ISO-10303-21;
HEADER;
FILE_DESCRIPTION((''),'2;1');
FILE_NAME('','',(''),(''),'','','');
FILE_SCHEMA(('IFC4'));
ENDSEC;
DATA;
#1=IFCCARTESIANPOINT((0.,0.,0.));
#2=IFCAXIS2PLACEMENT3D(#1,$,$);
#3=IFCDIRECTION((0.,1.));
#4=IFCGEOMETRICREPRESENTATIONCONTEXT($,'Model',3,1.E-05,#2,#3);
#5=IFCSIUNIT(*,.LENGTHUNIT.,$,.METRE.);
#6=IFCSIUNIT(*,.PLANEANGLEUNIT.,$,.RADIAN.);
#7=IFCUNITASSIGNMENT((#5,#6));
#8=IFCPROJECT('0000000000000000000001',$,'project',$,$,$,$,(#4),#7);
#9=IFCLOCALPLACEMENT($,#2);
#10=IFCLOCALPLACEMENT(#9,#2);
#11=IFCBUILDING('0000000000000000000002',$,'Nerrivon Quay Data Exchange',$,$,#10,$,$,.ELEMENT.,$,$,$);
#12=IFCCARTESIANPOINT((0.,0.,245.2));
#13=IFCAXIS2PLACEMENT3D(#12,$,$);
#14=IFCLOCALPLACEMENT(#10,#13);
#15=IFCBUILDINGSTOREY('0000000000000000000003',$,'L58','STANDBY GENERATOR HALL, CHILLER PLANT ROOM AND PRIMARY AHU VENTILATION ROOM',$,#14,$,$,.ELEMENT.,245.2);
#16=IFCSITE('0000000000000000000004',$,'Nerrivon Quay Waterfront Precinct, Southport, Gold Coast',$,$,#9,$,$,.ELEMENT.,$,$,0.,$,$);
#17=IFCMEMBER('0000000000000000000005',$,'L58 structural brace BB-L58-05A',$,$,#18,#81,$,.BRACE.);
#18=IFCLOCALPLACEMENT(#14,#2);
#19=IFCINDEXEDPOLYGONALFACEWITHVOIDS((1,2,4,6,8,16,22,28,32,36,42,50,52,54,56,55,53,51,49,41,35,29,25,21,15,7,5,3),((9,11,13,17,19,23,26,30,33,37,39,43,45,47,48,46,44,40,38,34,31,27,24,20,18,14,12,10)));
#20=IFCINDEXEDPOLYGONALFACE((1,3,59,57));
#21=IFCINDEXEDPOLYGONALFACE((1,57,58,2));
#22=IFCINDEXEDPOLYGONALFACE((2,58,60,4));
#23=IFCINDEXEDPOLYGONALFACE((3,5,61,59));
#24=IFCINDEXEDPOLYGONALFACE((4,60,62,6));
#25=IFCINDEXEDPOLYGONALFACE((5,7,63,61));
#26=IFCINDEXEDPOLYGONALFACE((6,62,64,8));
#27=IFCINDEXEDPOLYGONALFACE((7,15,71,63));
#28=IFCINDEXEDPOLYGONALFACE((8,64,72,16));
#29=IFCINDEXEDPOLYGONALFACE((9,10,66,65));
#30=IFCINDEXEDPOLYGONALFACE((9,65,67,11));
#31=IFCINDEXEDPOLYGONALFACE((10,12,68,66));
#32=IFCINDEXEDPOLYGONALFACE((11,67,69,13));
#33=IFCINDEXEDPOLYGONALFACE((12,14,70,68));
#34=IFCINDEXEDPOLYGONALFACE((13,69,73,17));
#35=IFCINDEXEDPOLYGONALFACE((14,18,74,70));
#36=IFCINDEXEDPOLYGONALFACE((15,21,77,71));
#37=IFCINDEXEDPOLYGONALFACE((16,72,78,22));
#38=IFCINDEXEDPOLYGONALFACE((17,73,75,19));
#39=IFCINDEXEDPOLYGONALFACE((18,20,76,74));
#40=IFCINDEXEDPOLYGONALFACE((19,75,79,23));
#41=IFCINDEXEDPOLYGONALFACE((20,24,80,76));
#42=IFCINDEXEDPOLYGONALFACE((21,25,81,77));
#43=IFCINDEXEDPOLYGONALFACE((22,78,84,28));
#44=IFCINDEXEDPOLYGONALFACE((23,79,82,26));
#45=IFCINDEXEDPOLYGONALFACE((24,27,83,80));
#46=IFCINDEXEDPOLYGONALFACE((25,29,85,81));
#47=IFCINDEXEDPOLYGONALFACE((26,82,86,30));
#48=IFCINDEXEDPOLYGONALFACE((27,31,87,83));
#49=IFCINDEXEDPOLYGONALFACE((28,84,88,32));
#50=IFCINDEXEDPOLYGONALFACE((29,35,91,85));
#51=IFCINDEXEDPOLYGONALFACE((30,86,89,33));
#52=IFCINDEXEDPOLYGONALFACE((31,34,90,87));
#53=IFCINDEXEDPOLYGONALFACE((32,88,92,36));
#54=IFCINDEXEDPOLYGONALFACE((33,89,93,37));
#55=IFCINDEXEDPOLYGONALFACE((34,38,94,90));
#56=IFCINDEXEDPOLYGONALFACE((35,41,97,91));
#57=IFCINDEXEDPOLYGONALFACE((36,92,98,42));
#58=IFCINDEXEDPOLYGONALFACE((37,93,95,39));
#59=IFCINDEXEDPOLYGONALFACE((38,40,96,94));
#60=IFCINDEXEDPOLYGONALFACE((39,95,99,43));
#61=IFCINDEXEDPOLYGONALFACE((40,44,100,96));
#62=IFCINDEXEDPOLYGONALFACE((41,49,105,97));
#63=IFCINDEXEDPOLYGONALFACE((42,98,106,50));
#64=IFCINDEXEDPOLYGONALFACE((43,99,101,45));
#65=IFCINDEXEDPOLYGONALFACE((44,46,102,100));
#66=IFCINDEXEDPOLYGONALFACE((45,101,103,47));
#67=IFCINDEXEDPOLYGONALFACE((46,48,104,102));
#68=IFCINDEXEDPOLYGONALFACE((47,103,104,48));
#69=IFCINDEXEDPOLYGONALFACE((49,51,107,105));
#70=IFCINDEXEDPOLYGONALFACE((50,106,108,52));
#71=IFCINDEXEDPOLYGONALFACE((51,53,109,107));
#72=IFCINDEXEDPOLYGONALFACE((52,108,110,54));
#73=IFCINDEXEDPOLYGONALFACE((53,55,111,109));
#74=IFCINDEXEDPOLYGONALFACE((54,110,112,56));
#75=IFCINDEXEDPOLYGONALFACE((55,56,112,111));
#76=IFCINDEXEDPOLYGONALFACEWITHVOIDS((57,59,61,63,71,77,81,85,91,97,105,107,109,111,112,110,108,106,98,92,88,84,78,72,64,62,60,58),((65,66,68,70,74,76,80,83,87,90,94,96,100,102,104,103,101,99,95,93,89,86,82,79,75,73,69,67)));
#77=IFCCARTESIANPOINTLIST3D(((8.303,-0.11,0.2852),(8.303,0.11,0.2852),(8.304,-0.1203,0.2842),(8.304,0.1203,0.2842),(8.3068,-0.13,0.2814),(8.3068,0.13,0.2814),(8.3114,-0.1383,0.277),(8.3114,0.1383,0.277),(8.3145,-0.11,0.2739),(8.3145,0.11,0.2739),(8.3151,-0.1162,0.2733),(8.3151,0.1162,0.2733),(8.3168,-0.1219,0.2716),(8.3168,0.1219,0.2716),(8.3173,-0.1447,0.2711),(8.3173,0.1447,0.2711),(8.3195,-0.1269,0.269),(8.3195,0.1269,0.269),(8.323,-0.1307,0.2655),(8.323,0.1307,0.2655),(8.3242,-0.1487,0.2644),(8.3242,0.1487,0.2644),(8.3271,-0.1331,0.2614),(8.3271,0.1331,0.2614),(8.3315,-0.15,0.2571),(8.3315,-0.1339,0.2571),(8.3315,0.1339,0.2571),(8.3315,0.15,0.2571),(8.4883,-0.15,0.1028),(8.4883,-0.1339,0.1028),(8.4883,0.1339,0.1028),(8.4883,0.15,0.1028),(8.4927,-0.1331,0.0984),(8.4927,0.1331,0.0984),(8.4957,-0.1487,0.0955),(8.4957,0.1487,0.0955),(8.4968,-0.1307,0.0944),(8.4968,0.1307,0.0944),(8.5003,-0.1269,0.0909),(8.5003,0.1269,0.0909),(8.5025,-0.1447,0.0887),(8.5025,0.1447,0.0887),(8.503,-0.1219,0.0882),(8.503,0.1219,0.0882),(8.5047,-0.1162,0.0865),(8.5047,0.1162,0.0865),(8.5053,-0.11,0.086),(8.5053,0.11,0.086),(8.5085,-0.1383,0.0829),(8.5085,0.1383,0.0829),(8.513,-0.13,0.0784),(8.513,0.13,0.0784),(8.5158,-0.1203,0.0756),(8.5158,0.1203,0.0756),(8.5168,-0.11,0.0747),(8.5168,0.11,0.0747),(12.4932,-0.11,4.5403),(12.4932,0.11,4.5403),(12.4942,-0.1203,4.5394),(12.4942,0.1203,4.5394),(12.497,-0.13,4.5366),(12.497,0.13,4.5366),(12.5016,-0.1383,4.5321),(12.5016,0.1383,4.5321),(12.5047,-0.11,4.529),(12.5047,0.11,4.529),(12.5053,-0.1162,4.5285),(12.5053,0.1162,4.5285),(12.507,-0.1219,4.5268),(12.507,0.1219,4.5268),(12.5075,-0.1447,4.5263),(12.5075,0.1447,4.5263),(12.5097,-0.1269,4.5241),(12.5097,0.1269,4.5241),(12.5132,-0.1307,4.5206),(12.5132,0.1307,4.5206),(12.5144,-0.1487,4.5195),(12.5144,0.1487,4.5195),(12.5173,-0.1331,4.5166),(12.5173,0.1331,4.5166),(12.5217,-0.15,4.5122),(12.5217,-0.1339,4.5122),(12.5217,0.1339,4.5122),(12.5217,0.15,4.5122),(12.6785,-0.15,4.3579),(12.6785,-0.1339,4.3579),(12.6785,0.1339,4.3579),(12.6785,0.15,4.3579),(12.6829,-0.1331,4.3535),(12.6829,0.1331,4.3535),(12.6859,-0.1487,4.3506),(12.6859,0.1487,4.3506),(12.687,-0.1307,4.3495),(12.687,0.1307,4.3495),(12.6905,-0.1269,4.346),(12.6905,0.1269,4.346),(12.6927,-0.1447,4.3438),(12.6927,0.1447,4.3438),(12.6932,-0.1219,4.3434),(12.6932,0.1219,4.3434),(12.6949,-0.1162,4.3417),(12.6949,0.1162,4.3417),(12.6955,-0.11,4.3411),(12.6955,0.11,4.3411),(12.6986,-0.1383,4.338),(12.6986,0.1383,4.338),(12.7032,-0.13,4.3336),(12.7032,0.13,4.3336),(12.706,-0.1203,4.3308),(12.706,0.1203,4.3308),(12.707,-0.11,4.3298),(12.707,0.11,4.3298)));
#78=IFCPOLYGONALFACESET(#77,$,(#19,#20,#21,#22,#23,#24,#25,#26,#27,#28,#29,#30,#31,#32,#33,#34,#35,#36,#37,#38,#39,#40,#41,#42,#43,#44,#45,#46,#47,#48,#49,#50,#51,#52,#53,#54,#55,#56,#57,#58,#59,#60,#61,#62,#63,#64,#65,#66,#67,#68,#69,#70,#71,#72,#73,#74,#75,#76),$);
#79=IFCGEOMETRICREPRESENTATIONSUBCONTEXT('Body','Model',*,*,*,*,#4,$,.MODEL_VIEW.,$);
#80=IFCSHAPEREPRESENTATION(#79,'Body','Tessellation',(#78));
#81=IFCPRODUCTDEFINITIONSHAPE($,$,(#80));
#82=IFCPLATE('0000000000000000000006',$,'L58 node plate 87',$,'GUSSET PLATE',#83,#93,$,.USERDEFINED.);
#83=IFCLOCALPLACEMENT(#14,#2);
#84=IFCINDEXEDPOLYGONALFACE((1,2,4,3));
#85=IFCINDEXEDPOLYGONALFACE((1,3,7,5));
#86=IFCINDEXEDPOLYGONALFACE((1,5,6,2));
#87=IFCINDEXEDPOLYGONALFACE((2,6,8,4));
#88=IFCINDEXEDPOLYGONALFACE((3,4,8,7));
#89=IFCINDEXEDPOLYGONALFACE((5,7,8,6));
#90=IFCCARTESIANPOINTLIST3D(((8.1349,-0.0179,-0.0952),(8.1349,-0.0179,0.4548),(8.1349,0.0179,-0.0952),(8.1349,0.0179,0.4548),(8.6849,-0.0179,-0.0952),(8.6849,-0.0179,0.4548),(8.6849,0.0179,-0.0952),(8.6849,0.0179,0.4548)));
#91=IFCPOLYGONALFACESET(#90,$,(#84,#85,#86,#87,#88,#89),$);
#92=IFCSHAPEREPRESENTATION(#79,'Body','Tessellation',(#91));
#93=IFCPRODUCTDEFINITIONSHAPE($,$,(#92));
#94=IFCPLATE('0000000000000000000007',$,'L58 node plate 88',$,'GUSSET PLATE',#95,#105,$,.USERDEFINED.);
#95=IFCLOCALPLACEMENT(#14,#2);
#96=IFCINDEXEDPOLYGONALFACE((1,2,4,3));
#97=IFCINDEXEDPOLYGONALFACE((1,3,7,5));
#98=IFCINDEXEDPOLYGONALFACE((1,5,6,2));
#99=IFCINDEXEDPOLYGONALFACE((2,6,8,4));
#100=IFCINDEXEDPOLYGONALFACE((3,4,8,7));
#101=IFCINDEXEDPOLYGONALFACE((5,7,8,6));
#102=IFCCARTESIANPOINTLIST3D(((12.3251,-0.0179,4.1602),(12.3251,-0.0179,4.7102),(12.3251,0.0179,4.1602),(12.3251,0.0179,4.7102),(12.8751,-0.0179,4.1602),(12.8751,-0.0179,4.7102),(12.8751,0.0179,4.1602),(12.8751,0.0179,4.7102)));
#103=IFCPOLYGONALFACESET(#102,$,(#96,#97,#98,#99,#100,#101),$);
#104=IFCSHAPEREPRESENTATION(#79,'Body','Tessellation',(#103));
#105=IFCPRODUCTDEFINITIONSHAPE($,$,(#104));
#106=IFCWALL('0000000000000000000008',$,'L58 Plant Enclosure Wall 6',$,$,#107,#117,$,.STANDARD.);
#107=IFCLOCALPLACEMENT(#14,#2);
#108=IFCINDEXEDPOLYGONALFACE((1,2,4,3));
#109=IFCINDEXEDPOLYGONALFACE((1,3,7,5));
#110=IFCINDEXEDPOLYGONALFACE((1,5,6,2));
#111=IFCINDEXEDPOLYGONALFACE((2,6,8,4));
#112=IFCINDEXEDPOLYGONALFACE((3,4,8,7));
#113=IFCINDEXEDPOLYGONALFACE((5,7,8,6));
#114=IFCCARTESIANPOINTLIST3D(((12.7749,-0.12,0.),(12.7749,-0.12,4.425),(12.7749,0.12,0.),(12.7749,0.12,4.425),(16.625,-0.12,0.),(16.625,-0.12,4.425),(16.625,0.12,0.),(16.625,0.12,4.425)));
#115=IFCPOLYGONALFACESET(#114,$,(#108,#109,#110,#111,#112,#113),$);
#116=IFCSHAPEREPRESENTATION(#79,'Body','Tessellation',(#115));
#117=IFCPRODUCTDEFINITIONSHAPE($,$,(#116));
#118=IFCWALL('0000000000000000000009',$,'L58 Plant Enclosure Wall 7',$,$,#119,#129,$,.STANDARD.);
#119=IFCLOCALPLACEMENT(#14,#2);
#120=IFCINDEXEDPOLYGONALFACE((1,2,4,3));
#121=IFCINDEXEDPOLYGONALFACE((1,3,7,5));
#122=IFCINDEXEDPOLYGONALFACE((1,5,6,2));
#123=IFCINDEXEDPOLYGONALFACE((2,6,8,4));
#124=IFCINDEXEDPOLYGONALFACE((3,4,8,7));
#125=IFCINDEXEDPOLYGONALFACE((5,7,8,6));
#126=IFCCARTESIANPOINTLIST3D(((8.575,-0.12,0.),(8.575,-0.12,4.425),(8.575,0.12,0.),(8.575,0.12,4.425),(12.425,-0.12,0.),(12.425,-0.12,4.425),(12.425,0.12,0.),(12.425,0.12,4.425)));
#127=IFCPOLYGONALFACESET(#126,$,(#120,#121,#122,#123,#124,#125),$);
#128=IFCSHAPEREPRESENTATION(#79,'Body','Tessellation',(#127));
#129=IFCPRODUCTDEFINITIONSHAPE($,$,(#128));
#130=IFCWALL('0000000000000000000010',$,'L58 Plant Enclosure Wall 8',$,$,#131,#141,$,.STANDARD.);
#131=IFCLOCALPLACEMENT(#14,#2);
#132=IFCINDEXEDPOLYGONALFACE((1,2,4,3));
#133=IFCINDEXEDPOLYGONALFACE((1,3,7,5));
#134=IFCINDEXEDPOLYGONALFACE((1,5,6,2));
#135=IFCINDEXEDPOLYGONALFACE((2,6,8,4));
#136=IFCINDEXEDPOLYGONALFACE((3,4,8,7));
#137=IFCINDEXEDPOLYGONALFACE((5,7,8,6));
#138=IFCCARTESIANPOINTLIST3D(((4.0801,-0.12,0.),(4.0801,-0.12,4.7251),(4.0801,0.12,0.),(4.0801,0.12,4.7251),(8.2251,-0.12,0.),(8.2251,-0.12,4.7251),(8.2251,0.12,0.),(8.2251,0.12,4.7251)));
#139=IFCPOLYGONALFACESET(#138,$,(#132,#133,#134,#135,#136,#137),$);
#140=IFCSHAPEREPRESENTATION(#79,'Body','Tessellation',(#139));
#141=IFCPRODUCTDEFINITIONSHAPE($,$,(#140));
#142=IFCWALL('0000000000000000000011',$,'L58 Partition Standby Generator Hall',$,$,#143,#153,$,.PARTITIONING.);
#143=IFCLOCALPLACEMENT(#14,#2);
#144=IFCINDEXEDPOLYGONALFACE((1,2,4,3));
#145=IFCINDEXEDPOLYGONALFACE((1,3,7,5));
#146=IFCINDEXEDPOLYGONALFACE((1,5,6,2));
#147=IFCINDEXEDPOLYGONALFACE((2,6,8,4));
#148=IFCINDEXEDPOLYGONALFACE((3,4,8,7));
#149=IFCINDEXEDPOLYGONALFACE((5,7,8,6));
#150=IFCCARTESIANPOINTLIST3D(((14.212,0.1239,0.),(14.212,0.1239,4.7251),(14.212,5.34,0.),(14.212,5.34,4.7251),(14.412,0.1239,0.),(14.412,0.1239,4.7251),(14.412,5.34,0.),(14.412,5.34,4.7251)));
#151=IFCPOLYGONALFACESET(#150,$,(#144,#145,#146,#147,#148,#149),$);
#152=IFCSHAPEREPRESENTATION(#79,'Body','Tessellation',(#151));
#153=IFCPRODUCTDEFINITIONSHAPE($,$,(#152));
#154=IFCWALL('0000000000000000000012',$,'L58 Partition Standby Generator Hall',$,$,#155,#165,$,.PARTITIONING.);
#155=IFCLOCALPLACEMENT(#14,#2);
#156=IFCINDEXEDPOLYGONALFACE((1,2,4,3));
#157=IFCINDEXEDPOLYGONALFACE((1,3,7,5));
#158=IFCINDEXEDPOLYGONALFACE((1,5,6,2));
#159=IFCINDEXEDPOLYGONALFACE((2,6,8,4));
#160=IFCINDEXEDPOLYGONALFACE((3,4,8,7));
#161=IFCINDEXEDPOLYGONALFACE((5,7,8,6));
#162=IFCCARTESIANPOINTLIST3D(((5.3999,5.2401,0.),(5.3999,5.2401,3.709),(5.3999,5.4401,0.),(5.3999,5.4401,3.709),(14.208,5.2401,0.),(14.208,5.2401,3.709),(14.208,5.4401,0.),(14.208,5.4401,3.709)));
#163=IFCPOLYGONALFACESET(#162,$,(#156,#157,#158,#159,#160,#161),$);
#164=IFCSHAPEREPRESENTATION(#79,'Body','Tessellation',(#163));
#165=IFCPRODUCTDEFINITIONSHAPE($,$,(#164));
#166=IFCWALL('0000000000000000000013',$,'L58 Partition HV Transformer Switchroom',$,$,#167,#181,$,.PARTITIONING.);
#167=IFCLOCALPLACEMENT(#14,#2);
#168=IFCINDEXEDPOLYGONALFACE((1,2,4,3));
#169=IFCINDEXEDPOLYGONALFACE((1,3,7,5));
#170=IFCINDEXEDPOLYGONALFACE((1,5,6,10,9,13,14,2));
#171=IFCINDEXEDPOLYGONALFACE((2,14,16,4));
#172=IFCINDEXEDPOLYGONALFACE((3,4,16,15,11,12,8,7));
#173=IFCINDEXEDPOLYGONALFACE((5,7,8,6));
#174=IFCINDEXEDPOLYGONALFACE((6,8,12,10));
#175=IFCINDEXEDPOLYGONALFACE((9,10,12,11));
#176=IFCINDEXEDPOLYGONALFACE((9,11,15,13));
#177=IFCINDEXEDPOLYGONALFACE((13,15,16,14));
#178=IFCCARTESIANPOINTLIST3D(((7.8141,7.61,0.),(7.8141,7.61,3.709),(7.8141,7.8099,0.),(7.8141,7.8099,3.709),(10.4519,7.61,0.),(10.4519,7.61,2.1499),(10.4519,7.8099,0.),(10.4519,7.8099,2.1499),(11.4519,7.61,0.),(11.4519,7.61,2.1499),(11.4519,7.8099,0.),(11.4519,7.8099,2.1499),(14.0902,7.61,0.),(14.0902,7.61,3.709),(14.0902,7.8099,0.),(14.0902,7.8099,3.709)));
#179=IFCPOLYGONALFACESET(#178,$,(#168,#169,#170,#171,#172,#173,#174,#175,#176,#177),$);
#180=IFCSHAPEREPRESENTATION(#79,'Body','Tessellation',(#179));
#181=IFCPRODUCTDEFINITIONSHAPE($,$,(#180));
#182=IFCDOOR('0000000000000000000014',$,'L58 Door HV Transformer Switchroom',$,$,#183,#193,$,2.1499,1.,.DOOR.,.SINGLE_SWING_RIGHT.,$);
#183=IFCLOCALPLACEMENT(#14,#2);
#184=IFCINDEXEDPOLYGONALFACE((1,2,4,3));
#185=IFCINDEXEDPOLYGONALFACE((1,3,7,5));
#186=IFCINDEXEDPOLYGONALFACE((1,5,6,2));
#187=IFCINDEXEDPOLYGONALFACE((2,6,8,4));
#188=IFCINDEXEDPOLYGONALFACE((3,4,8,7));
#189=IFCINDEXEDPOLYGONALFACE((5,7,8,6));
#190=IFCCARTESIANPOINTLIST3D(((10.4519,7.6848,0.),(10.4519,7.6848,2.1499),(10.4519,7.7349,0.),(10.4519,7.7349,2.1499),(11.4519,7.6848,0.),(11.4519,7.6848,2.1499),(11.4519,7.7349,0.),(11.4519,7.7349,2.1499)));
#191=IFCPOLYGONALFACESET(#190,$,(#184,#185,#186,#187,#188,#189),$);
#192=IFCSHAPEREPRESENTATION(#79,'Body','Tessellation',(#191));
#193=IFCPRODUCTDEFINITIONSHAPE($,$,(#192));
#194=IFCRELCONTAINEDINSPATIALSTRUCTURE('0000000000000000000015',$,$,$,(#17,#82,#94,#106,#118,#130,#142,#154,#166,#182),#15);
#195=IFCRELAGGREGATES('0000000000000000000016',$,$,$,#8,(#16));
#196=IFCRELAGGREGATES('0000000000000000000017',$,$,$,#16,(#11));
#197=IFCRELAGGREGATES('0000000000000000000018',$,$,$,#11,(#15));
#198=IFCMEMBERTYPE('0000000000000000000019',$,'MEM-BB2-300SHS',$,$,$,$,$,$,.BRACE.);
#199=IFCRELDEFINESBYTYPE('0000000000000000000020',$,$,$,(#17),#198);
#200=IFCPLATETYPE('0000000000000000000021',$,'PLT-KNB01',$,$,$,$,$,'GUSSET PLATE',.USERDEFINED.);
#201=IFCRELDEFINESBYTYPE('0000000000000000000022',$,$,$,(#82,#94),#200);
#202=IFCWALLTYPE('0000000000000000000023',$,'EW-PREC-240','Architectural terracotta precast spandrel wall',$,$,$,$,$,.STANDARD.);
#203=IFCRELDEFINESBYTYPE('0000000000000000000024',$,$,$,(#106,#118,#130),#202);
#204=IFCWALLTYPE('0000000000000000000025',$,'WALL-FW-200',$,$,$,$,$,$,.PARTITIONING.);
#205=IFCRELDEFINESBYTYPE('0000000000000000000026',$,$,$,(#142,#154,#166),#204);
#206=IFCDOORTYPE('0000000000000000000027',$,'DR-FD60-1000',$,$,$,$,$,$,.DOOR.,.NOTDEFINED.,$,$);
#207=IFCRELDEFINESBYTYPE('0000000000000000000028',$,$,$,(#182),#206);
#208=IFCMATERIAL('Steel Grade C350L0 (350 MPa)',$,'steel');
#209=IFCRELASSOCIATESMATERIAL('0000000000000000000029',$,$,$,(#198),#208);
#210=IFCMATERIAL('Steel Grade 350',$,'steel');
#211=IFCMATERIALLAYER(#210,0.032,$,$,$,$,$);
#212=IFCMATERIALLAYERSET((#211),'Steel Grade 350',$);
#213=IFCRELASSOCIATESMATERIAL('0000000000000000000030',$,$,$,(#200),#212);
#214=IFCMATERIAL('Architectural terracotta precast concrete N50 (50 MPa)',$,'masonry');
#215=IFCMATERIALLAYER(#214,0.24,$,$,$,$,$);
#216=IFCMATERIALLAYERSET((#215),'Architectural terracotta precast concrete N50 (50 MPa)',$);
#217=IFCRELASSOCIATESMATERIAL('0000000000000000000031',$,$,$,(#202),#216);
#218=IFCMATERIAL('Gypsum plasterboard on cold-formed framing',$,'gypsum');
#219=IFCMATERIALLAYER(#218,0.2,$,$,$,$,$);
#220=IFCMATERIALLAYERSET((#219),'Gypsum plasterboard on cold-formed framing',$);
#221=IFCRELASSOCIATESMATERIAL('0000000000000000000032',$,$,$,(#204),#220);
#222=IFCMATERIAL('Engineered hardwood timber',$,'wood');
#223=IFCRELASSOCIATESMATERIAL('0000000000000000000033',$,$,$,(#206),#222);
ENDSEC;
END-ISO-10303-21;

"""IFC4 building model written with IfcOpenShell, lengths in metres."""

from ifc_helpers import new_model, si_unit, direction, frame, frame_2d, origin, origin_2d, place, context, subcontext, project, spatial, rectangle, hollow_rectangle, extrude, material, layer, layer_set, material_profile, profile_set, type_object, element, fill, save


model = new_model("IFC4")

# Units and contexts
model_context = context("Model", 3, precision=1e-05, world=origin(), true_north=direction((0.0, 1.0)))
body_context = subcontext(model_context, "Body", "Model", "MODEL_VIEW")
ifc_project = project(units=[si_unit("LENGTHUNIT", "METRE"), si_unit("PLANEANGLEUNIT", "RADIAN")], contexts=[model_context])

# Site, building, storey
site_placement = place(None, origin())
site = spatial("IfcSite", under=ifc_project, at=site_placement, Name="Nerrivon Quay Waterfront Precinct, Southport, Gold Coast", CompositionType="ELEMENT", RefElevation=0.0)
building_placement = place(site_placement, origin())
building = spatial("IfcBuilding", under=site, at=building_placement, Name="Nerrivon Quay Data Exchange", CompositionType="ELEMENT")
storey_placement = place(building_placement, frame((0.0, 0.0, 245.2)))
storey = spatial("IfcBuildingStorey", under=building, at=storey_placement, Name="L58", Description="STANDBY GENERATOR HALL, CHILLER PLANT ROOM AND PRIMARY AHU VENTILATION ROOM", CompositionType="ELEMENT", Elevation=245.2)

# Shared definitions
ifc_material_1 = material(Name="Steel Grade 350", Category="steel")

# Shared definitions
ifc_material_2 = material(Name="Steel Grade C350L0 (350 MPa)", Category="steel")

# Member
ifc_material_profile_1 = material_profile(ifc_material_2, hollow_rectangle(XDim=0.3, YDim=0.3, WallThickness=0.0161, InnerFilletRadius=0.0239, OuterFilletRadius=0.04, at=origin_2d()), Name="300x300x16.0SHS")
ifc_profile_set_1 = profile_set([ifc_material_profile_1], Name="Steel Grade C350L0 (350 MPa)")
member_type = type_object("IfcMemberType", Name="MEM-BB2-300SHS", PredefinedType="BRACE", material=ifc_profile_set_1)
member_placement = place(storey_placement, frame((8.4099, 0.0, 0.1799), z_axis=(0.701649, 0.0, 0.712523), x_axis=(0.0, 1.0, 0.0)))
element("IfcMember", 1, at=member_placement, inside=storey, type_object=member_type, Name="L58 structural brace BB-L58-05A", PredefinedType="BRACE", context=body_context, shape_type="SweptSolid", body=[
    extrude(hollow_rectangle(XDim=0.3, YDim=0.3, WallThickness=0.0161, InnerFilletRadius=0.0239, OuterFilletRadius=0.04, at=origin_2d()), origin(), (0.0, 0.0, 1.0), 5.9719),
])

# Plates
ifc_layer_1 = layer(ifc_material_1, 0.032)
ifc_layer_set_1 = layer_set([ifc_layer_1], Name="Steel Grade 350")
plate_type = type_object("IfcPlateType", Name="PLT-KNB01", ElementType="GUSSET PLATE", PredefinedType="USERDEFINED", material=ifc_layer_set_1)
for number, where, z_axis, x_axis, name in (
    (2, (8.4099, 0.0, -0.0952), (0.0, 0.0, 1.0), (1.0, 0.0, 0.0), "L58 node plate 87"),
    (3, (12.6001, 0.0, 4.1602), (0.0, 0.0, 1.0), (1.0, 0.0, 0.0), "L58 node plate 88"),
):
    element("IfcPlate", number, at=place(storey_placement, frame(where, z_axis=z_axis, x_axis=x_axis)), inside=storey, type_object=plate_type, Name=name, ObjectType="GUSSET PLATE", PredefinedType="USERDEFINED", context=body_context, shape_type="SweptSolid", body=[
        extrude(rectangle(XDim=0.55, YDim=0.0359, at=origin_2d()), origin(), (0.0, 0.0, 1.0), 0.55),
    ])

# Walls
ifc_material_3 = material(Name="Architectural terracotta precast concrete N50 (50 MPa)", Category="masonry")
ifc_layer_2 = layer(ifc_material_3, 0.24)
ifc_layer_set_2 = layer_set([ifc_layer_2], Name="Architectural terracotta precast concrete N50 (50 MPa)")
wall_type_1 = type_object("IfcWallType", Name="EW-PREC-240", Description="Architectural terracotta precast spandrel wall", PredefinedType="STANDARD", material=ifc_layer_set_2)
for number, where, z_axis, x_axis, name in (
    (4, (16.625, 0.0, 0.0), (0.0, 0.0, 1.0), (-1.0, 0.0, 0.0), "L58 Plant Enclosure Wall 6"),
    (5, (12.425, 0.0, 0.0), (0.0, 0.0, 1.0), (-1.0, 0.0, 0.0), "L58 Plant Enclosure Wall 7"),
):
    element("IfcWall", number, at=place(storey_placement, frame(where, z_axis=z_axis, x_axis=x_axis)), inside=storey, type_object=wall_type_1, Name=name, PredefinedType="STANDARD", context=body_context, shape_type="SweptSolid", body=[
        extrude(rectangle(XDim=3.8501, YDim=0.24, at=frame_2d((1.925, 0.0))), origin(), (0.0, 0.0, 1.0), 4.425),
    ])
wall_1_placement = place(storey_placement, frame((8.2251, 0.0, 0.0), z_axis=(0.0, 0.0, 1.0), x_axis=(-1.0, 0.0, 0.0)))
element("IfcWall", 6, at=wall_1_placement, inside=storey, type_object=wall_type_1, Name="L58 Plant Enclosure Wall 8", PredefinedType="STANDARD", context=body_context, shape_type="SweptSolid", body=[
    extrude(rectangle(XDim=4.145, YDim=0.24, at=frame_2d((2.0725, 0.0))), origin(), (0.0, 0.0, 1.0), 4.7251),
])
ifc_material_4 = material(Name="Gypsum plasterboard on cold-formed framing", Category="gypsum")
ifc_layer_3 = layer(ifc_material_4, 0.2)
ifc_layer_set_3 = layer_set([ifc_layer_3], Name="Gypsum plasterboard on cold-formed framing")
wall_type_2 = type_object("IfcWallType", Name="WALL-FW-200", PredefinedType="PARTITIONING", material=ifc_layer_set_3)
wall_2_placement = place(storey_placement, frame((14.312, 0.124, 0.0), z_axis=(0.0, 0.0, 1.0), x_axis=(0.0, 1.0, 0.0)))
element("IfcWall", 7, at=wall_2_placement, inside=storey, type_object=wall_type_2, Name="L58 Partition Standby Generator Hall", PredefinedType="PARTITIONING", context=body_context, shape_type="SweptSolid", body=[
    extrude(rectangle(XDim=5.2161, YDim=0.2, at=frame_2d((2.6079, 0.0))), origin(), (0.0, 0.0, 1.0), 4.7251),
])
wall_3_placement = place(storey_placement, frame((14.208, 5.3401, 0.0), z_axis=(0.0, 0.0, 1.0), x_axis=(-1.0, 0.0, 0.0)))
element("IfcWall", 8, at=wall_3_placement, inside=storey, type_object=wall_type_2, Name="L58 Partition Standby Generator Hall", PredefinedType="PARTITIONING", context=body_context, shape_type="SweptSolid", body=[
    extrude(rectangle(XDim=8.8081, YDim=0.2, at=frame_2d((4.4041, 0.0))), origin(), (0.0, 0.0, 1.0), 3.709),
])

# Wall, opening, door
wall_4_placement = place(storey_placement, frame((7.814, 7.71, 0.0), z_axis=(0.0, 0.0, 1.0), x_axis=(1.0, 0.0, 0.0)))
wall_4 = element("IfcWall", 9, at=wall_4_placement, inside=storey, type_object=wall_type_2, Name="L58 Partition HV Transformer Switchroom", PredefinedType="PARTITIONING", context=body_context, shape_type="SweptSolid", body=[
    extrude(rectangle(XDim=6.2761, YDim=0.2, at=frame_2d((3.1382, 0.0))), origin(), (0.0, 0.0, 1.0), 3.709),
])
opening_placement = place(wall_4_placement, frame((2.6379, 0.0, 0.0)))
opening = element("IfcOpeningElement", 10, at=opening_placement, cuts=wall_4, PredefinedType="OPENING", context=body_context, shape_type="SweptSolid", body=[
    extrude(rectangle(XDim=1.0, YDim=2.1499, at=frame_2d((0.5, 1.075))), frame((0.0, 0.1099, 0.0), z_axis=(0.0, -1.0, 0.0), x_axis=(1.0, 0.0, 0.0)), (0.0, 0.0, 1.0), 0.22),
])
ifc_material_5 = material(Name="Engineered hardwood timber", Category="wood")
door_type = type_object("IfcDoorType", Name="DR-FD60-1000", OperationType="NOTDEFINED", PredefinedType="DOOR", material=ifc_material_5)
door_placement = place(opening_placement, origin())
door = element("IfcDoor", 11, at=door_placement, inside=storey, type_object=door_type, Name="L58 Door HV Transformer Switchroom", OperationType="SINGLE_SWING_RIGHT", OverallHeight=2.1499, OverallWidth=1.0, PredefinedType="DOOR", context=body_context, shape_type="SweptSolid", body=[
    extrude(rectangle(XDim=1.0, YDim=2.1499, at=frame_2d((0.5, 1.075))), frame((0.0, 0.0249, 0.0), z_axis=(0.0, -1.0, 0.0), x_axis=(1.0, 0.0, 0.0)), (0.0, 0.0, 1.0), 0.05),
])
fill(opening, door)

save(model, "model.ifc")
